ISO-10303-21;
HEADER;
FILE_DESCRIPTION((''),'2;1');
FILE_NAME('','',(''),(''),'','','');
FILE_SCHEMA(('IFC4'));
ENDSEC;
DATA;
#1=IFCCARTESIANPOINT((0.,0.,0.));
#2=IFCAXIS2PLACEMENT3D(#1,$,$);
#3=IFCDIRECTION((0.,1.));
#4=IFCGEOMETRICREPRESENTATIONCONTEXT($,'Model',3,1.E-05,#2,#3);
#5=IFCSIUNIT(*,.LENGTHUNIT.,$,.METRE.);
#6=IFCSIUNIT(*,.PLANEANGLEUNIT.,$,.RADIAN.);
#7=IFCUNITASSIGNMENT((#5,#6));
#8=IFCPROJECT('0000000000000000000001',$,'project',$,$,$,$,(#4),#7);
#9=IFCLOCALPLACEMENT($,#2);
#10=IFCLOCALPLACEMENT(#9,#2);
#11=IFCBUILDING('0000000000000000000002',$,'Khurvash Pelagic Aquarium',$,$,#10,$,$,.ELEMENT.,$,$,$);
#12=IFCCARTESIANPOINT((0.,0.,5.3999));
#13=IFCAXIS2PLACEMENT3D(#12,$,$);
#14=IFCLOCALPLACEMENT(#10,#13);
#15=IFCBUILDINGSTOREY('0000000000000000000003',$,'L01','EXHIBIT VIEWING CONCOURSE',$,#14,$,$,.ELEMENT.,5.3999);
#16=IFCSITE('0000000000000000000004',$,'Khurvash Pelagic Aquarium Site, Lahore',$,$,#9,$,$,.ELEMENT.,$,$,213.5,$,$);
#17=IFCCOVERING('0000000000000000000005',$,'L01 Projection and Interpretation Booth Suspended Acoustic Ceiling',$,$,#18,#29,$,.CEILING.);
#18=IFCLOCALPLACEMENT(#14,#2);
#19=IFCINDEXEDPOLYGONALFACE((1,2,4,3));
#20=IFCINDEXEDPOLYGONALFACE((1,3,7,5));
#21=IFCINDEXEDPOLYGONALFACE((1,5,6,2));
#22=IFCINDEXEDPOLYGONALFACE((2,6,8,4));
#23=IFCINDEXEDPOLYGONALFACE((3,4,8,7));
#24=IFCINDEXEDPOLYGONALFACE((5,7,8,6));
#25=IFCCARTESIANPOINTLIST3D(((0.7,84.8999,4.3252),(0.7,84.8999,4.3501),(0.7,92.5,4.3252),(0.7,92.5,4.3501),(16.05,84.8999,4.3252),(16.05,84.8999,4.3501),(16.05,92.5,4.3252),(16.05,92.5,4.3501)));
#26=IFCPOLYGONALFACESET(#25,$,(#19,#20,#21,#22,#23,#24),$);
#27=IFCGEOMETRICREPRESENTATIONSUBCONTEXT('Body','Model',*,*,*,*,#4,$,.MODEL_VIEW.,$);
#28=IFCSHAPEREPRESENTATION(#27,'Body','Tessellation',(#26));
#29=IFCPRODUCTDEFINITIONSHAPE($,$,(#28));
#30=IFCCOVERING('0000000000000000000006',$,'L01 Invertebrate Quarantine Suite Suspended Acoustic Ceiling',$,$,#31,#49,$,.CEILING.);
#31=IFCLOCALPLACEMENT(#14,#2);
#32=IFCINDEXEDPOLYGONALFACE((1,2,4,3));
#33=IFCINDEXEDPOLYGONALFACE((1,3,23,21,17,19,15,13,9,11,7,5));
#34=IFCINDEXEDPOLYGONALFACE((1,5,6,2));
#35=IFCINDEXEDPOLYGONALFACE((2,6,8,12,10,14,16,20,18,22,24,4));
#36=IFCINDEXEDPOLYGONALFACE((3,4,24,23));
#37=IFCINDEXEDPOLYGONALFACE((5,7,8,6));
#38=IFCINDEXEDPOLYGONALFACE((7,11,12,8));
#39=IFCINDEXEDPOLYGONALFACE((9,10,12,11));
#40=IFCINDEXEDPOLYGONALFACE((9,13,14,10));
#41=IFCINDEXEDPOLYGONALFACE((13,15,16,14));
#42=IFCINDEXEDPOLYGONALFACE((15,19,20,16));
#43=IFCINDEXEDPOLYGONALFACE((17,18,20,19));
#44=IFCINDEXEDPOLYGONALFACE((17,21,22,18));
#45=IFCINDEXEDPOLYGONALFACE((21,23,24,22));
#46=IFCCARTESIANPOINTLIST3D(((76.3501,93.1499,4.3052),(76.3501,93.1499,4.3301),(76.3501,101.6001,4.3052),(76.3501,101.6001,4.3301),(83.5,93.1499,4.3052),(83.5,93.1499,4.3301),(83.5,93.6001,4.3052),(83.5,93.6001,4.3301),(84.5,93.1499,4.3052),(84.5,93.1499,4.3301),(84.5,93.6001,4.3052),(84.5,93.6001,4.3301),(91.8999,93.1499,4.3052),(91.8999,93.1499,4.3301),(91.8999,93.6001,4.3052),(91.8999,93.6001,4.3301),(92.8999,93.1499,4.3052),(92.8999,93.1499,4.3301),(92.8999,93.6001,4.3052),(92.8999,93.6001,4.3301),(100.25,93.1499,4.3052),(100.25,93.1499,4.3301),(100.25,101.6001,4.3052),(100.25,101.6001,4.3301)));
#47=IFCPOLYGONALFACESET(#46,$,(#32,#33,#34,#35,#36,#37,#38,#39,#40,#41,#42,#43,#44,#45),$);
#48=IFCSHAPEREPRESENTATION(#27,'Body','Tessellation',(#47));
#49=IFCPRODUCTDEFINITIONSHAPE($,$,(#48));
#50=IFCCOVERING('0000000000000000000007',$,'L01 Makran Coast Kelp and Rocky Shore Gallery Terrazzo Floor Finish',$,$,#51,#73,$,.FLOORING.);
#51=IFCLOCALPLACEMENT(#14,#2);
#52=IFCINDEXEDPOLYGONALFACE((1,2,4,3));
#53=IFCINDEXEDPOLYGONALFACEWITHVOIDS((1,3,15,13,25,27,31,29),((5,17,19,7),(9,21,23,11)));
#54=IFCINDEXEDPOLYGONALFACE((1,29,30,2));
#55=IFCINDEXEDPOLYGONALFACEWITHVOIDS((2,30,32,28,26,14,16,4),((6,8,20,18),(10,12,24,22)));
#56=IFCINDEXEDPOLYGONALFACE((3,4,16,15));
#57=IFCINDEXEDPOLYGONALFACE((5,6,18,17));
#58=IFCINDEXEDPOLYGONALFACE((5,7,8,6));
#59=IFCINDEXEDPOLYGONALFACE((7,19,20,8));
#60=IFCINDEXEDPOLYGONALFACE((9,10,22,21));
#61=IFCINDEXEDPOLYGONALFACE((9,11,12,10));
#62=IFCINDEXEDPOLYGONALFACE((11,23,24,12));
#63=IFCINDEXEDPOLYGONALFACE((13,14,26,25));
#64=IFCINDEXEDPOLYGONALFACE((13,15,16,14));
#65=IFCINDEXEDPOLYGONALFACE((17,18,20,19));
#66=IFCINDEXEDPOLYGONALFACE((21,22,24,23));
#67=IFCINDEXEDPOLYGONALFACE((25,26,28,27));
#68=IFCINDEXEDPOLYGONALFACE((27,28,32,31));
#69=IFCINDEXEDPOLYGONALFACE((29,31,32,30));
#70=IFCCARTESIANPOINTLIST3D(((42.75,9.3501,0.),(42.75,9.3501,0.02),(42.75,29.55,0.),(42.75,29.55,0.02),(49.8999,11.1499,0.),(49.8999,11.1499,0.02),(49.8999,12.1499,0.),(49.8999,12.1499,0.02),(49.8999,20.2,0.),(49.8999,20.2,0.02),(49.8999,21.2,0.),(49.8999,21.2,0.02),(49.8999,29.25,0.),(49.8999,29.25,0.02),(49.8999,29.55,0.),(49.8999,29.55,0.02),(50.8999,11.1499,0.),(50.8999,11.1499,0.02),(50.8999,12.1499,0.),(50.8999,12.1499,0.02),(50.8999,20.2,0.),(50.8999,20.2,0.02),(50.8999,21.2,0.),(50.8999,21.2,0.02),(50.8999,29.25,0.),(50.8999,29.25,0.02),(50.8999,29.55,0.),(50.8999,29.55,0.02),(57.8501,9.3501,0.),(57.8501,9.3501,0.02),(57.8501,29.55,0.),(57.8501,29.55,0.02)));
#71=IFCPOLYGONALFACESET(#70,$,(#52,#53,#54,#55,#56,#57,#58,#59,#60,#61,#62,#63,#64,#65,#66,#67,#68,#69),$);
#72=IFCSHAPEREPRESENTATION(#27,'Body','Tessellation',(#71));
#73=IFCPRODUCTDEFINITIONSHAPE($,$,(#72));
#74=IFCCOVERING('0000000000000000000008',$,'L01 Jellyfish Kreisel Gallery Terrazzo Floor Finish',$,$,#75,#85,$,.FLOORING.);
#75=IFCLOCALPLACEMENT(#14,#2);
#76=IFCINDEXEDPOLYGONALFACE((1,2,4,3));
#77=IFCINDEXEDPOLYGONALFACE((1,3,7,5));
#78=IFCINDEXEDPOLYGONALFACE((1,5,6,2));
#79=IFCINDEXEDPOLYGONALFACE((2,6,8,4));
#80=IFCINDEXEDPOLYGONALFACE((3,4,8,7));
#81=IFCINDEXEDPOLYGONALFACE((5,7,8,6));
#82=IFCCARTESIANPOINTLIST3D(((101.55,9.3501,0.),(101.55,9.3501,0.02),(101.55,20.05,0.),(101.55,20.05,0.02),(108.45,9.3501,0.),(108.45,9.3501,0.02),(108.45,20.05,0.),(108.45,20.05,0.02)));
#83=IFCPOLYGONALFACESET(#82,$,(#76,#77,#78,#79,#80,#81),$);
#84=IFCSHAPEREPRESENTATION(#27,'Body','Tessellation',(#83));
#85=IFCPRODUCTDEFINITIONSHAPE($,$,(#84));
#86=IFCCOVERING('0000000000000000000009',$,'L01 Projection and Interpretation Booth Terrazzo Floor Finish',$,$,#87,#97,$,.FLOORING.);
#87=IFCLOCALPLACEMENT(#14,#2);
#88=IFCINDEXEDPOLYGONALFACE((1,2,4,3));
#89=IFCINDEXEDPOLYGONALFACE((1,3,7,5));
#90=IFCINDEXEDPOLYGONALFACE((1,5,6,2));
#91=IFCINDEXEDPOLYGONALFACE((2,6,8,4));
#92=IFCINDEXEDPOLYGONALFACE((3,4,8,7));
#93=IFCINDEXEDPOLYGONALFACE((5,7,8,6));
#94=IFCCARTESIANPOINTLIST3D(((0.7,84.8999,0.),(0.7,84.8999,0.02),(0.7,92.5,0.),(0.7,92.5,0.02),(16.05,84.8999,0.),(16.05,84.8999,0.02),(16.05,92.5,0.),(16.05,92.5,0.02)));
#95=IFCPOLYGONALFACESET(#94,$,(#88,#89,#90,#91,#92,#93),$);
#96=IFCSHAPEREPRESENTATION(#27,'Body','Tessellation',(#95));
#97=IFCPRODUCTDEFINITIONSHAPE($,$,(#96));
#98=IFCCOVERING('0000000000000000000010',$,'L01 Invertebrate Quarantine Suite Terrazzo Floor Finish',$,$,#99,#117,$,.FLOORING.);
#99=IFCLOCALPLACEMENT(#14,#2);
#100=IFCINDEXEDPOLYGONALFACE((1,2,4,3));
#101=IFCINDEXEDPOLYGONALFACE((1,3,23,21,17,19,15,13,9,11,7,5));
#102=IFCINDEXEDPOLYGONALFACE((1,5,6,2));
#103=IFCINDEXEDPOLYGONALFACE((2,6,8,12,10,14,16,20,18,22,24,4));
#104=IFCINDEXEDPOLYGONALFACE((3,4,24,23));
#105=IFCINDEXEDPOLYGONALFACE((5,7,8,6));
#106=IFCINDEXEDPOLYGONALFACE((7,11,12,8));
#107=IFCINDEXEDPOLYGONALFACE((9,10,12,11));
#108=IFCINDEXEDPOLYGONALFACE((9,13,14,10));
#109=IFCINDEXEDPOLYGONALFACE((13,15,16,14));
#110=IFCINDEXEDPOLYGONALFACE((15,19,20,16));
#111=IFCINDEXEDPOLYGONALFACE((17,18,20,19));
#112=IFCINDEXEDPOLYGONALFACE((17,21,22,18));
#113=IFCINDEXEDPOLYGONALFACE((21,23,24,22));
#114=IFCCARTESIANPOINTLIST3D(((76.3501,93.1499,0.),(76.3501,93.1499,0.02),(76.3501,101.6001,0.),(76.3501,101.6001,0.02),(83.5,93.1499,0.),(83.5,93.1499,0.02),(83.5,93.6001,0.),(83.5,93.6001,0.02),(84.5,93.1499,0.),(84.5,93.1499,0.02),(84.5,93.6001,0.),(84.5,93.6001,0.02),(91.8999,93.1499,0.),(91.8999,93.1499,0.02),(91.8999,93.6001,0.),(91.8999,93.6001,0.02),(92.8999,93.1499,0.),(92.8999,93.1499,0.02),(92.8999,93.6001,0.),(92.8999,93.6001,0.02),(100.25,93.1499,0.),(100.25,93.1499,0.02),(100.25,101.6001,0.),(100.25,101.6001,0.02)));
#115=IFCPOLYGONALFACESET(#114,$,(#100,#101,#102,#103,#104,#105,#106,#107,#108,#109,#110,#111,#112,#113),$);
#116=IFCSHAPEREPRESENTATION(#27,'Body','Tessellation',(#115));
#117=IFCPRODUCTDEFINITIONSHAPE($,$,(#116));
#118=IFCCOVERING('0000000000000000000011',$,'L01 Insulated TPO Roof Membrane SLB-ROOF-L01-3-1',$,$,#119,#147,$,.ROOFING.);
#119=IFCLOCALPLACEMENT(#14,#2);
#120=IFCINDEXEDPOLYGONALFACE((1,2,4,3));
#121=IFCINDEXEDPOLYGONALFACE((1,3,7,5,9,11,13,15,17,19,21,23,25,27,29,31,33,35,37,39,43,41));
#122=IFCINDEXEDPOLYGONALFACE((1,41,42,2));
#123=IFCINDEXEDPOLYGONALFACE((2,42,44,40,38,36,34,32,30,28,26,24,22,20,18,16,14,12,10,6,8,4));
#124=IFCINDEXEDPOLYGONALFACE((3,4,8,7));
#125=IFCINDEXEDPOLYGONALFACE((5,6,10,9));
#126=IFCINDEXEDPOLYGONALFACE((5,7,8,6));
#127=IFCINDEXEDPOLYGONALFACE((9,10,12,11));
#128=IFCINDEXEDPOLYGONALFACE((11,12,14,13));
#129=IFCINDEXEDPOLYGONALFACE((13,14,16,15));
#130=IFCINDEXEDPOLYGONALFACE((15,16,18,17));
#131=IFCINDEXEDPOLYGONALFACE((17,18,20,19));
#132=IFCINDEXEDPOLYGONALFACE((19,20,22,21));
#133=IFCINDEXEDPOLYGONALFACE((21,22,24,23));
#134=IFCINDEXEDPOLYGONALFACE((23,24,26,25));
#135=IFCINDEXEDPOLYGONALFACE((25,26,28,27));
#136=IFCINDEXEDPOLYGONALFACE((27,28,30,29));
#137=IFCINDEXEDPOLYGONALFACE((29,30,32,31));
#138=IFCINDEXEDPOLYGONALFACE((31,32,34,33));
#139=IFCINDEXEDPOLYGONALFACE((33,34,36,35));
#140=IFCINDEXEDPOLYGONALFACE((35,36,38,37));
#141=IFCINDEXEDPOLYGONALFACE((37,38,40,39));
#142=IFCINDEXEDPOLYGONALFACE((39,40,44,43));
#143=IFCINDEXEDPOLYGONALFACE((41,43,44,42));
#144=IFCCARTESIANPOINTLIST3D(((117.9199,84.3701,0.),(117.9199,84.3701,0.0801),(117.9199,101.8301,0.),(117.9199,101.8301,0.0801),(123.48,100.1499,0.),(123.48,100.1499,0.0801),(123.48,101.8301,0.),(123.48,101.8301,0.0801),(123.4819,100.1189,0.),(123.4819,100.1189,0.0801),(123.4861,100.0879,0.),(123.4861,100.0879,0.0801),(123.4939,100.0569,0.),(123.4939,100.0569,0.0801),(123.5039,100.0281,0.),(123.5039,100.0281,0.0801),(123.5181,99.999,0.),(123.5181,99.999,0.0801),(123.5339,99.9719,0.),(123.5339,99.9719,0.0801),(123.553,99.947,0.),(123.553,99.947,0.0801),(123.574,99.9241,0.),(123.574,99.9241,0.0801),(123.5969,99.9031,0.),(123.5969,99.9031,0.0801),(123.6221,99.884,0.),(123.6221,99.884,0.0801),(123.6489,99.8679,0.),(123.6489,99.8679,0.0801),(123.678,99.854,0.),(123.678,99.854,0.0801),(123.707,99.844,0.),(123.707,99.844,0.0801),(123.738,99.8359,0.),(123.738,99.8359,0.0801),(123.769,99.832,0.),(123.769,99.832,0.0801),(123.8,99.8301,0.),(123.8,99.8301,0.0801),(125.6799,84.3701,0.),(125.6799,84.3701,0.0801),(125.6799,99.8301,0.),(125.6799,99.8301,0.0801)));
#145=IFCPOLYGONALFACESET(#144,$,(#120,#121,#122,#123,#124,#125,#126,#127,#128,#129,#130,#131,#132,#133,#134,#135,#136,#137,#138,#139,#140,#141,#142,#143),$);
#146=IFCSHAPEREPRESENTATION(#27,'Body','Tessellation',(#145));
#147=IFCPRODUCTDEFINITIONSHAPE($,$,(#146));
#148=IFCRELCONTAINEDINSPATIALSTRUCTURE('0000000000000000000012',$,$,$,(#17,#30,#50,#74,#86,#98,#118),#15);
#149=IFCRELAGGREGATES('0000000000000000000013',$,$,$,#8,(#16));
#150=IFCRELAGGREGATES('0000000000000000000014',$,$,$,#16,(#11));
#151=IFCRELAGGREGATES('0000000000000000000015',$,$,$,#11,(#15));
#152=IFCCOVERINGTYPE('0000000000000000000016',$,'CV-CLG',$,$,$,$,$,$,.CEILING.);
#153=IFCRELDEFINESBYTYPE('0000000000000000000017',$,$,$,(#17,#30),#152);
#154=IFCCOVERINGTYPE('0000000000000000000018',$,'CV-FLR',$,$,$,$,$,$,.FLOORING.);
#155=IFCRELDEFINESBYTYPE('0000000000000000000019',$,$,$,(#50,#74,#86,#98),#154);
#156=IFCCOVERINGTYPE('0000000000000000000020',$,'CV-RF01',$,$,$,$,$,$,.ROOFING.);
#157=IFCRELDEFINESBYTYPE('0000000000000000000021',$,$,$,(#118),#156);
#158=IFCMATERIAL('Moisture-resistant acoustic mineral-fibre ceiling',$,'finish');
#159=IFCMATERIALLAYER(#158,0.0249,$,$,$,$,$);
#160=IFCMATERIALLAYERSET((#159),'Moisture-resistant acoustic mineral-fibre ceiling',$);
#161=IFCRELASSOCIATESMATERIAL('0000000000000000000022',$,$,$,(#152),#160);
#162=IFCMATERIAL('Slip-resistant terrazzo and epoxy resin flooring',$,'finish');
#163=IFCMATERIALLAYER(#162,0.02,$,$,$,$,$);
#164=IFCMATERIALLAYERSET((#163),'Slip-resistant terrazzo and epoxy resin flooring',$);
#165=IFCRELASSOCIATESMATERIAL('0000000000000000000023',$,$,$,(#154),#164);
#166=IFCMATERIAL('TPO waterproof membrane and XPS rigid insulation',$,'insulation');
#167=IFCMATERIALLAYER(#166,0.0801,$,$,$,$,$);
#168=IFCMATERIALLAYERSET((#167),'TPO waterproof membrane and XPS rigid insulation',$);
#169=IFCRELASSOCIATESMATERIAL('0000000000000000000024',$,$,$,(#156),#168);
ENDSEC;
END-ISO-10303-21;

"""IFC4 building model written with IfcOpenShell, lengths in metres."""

from ifc_helpers import new_model, si_unit, direction, frame, origin, place, context, subcontext, project, spatial, polyline, outline, extrude, material, layer, layer_set, type_object, element, save


model = new_model("IFC4")

# Units and contexts
model_context = context("Model", 3, precision=1e-05, world=origin(), true_north=direction((0.0, 1.0)))
body_context = subcontext(model_context, "Body", "Model", "MODEL_VIEW")
ifc_project = project(units=[si_unit("LENGTHUNIT", "METRE"), si_unit("PLANEANGLEUNIT", "RADIAN")], contexts=[model_context])

# Site, building, storey
site_placement = place(None, origin())
site = spatial("IfcSite", under=ifc_project, at=site_placement, Name="Khurvash Pelagic Aquarium Site, Lahore", CompositionType="ELEMENT", RefElevation=213.5)
building_placement = place(site_placement, origin())
building = spatial("IfcBuilding", under=site, at=building_placement, Name="Khurvash Pelagic Aquarium", CompositionType="ELEMENT")
storey_placement = place(building_placement, frame((0.0, 0.0, 5.3999)))
storey = spatial("IfcBuildingStorey", under=building, at=storey_placement, Name="L01", Description="EXHIBIT VIEWING CONCOURSE", CompositionType="ELEMENT", Elevation=5.3999)

# Coverings
ifc_material_1 = material(Name="Moisture-resistant acoustic mineral-fibre ceiling", Category="finish")
ifc_layer_1 = layer(ifc_material_1, 0.0249)
ifc_layer_set_1 = layer_set([ifc_layer_1], Name="Moisture-resistant acoustic mineral-fibre ceiling")
covering_type_1 = type_object("IfcCoveringType", Name="CV-CLG", PredefinedType="CEILING", material=ifc_layer_set_1)
covering_1_placement = place(storey_placement, frame((0.0, 0.0, 4.3252)))
element("IfcCovering", 1, at=covering_1_placement, inside=storey, type_object=covering_type_1, Name="L01 Projection and Interpretation Booth Suspended Acoustic Ceiling", PredefinedType="CEILING", context=body_context, shape_type="SweptSolid", body=[
    extrude(outline(polyline([(16.05, 84.8999), (16.05, 92.5), (0.7, 92.5), (0.7, 84.8999), (16.05, 84.8999)])), origin(), (0.0, 0.0, 1.0), 0.0249),
])
covering_2_placement = place(storey_placement, frame((0.0, 0.0, 4.3052)))
element("IfcCovering", 2, at=covering_2_placement, inside=storey, type_object=covering_type_1, Name="L01 Invertebrate Quarantine Suite Suspended Acoustic Ceiling", PredefinedType="CEILING", context=body_context, shape_type="SweptSolid", body=[
    extrude(outline(polyline([(76.3501, 101.6001), (76.3501, 93.1499), (83.5, 93.1499), (83.5, 93.6001), (84.5, 93.6001), (84.5, 93.1499), (91.8999, 93.1499), (91.8999, 93.6001), (92.8999, 93.6001), (92.8999, 93.1499), (100.25, 93.1499), (100.25, 101.6001), (76.3501, 101.6001)])), origin(), (0.0, 0.0, 1.0), 0.0249),
])
ifc_material_2 = material(Name="Slip-resistant terrazzo and epoxy resin flooring", Category="finish")
ifc_layer_2 = layer(ifc_material_2, 0.02)
ifc_layer_set_2 = layer_set([ifc_layer_2], Name="Slip-resistant terrazzo and epoxy resin flooring")
covering_type_2 = type_object("IfcCoveringType", Name="CV-FLR", PredefinedType="FLOORING", material=ifc_layer_set_2)
covering_3_placement = place(storey_placement, origin())
element("IfcCovering", 3, at=covering_3_placement, inside=storey, type_object=covering_type_2, Name="L01 Makran Coast Kelp and Rocky Shore Gallery Terrazzo Floor Finish", PredefinedType="FLOORING", context=body_context, shape_type="SweptSolid", body=[
    extrude(outline(polyline([(57.8501, 29.55), (50.8999, 29.55), (50.8999, 29.25), (49.8999, 29.25), (49.8999, 29.55), (42.75, 29.55), (42.75, 9.3501), (57.8501, 9.3501), (57.8501, 29.55)]), holes=[polyline([(49.8999, 12.1499), (50.8999, 12.1499), (50.8999, 11.1499), (49.8999, 11.1499), (49.8999, 12.1499)]), polyline([(50.8999, 21.2), (50.8999, 20.2), (49.8999, 20.2), (49.8999, 21.2), (50.8999, 21.2)])]), origin(), (0.0, 0.0, 1.0), 0.02),
])
covering_4_placement = place(storey_placement, origin())
element("IfcCovering", 4, at=covering_4_placement, inside=storey, type_object=covering_type_2, Name="L01 Jellyfish Kreisel Gallery Terrazzo Floor Finish", PredefinedType="FLOORING", context=body_context, shape_type="SweptSolid", body=[
    extrude(outline(polyline([(108.45, 9.3501), (108.45, 20.05), (101.55, 20.05), (101.55, 9.3501), (108.45, 9.3501)])), origin(), (0.0, 0.0, 1.0), 0.02),
])
covering_5_placement = place(storey_placement, origin())
element("IfcCovering", 5, at=covering_5_placement, inside=storey, type_object=covering_type_2, Name="L01 Projection and Interpretation Booth Terrazzo Floor Finish", PredefinedType="FLOORING", context=body_context, shape_type="SweptSolid", body=[
    extrude(outline(polyline([(16.05, 84.8999), (16.05, 92.5), (0.7, 92.5), (0.7, 84.8999), (16.05, 84.8999)])), origin(), (0.0, 0.0, 1.0), 0.02),
])
covering_6_placement = place(storey_placement, origin())
element("IfcCovering", 6, at=covering_6_placement, inside=storey, type_object=covering_type_2, Name="L01 Invertebrate Quarantine Suite Terrazzo Floor Finish", PredefinedType="FLOORING", context=body_context, shape_type="SweptSolid", body=[
    extrude(outline(polyline([(76.3501, 101.6001), (76.3501, 93.1499), (83.5, 93.1499), (83.5, 93.6001), (84.5, 93.6001), (84.5, 93.1499), (91.8999, 93.1499), (91.8999, 93.6001), (92.8999, 93.6001), (92.8999, 93.1499), (100.25, 93.1499), (100.25, 101.6001), (76.3501, 101.6001)])), origin(), (0.0, 0.0, 1.0), 0.02),
])
ifc_material_3 = material(Name="TPO waterproof membrane and XPS rigid insulation", Category="insulation")
ifc_layer_3 = layer(ifc_material_3, 0.0801)
ifc_layer_set_3 = layer_set([ifc_layer_3], Name="TPO waterproof membrane and XPS rigid insulation")
covering_type_3 = type_object("IfcCoveringType", Name="CV-RF01", PredefinedType="ROOFING", material=ifc_layer_set_3)
covering_7_placement = place(storey_placement, origin())
element("IfcCovering", 7, at=covering_7_placement, inside=storey, type_object=covering_type_3, Name="L01 Insulated TPO Roof Membrane SLB-ROOF-L01-3-1", PredefinedType="ROOFING", context=body_context, shape_type="SweptSolid", body=[
    extrude(outline(polyline([(125.6799, 84.3701), (117.9199, 84.3701), (117.9199, 101.8301), (123.48, 101.8301), (123.48, 100.1499), (123.4819, 100.1189), (123.4861, 100.0879), (123.4939, 100.0569), (123.5039, 100.0281), (123.5181, 99.999), (123.5339, 99.9719), (123.553, 99.947), (123.574, 99.9241), (123.5969, 99.9031), (123.6221, 99.884), (123.6489, 99.8679), (123.678, 99.854), (123.707, 99.844), (123.738, 99.8359), (123.769, 99.832), (123.8, 99.8301), (125.6799, 99.8301), (125.6799, 84.3701)])), origin(), (0.0, 0.0, 1.0), 0.0801),
])

save(model, "model.ifc")
